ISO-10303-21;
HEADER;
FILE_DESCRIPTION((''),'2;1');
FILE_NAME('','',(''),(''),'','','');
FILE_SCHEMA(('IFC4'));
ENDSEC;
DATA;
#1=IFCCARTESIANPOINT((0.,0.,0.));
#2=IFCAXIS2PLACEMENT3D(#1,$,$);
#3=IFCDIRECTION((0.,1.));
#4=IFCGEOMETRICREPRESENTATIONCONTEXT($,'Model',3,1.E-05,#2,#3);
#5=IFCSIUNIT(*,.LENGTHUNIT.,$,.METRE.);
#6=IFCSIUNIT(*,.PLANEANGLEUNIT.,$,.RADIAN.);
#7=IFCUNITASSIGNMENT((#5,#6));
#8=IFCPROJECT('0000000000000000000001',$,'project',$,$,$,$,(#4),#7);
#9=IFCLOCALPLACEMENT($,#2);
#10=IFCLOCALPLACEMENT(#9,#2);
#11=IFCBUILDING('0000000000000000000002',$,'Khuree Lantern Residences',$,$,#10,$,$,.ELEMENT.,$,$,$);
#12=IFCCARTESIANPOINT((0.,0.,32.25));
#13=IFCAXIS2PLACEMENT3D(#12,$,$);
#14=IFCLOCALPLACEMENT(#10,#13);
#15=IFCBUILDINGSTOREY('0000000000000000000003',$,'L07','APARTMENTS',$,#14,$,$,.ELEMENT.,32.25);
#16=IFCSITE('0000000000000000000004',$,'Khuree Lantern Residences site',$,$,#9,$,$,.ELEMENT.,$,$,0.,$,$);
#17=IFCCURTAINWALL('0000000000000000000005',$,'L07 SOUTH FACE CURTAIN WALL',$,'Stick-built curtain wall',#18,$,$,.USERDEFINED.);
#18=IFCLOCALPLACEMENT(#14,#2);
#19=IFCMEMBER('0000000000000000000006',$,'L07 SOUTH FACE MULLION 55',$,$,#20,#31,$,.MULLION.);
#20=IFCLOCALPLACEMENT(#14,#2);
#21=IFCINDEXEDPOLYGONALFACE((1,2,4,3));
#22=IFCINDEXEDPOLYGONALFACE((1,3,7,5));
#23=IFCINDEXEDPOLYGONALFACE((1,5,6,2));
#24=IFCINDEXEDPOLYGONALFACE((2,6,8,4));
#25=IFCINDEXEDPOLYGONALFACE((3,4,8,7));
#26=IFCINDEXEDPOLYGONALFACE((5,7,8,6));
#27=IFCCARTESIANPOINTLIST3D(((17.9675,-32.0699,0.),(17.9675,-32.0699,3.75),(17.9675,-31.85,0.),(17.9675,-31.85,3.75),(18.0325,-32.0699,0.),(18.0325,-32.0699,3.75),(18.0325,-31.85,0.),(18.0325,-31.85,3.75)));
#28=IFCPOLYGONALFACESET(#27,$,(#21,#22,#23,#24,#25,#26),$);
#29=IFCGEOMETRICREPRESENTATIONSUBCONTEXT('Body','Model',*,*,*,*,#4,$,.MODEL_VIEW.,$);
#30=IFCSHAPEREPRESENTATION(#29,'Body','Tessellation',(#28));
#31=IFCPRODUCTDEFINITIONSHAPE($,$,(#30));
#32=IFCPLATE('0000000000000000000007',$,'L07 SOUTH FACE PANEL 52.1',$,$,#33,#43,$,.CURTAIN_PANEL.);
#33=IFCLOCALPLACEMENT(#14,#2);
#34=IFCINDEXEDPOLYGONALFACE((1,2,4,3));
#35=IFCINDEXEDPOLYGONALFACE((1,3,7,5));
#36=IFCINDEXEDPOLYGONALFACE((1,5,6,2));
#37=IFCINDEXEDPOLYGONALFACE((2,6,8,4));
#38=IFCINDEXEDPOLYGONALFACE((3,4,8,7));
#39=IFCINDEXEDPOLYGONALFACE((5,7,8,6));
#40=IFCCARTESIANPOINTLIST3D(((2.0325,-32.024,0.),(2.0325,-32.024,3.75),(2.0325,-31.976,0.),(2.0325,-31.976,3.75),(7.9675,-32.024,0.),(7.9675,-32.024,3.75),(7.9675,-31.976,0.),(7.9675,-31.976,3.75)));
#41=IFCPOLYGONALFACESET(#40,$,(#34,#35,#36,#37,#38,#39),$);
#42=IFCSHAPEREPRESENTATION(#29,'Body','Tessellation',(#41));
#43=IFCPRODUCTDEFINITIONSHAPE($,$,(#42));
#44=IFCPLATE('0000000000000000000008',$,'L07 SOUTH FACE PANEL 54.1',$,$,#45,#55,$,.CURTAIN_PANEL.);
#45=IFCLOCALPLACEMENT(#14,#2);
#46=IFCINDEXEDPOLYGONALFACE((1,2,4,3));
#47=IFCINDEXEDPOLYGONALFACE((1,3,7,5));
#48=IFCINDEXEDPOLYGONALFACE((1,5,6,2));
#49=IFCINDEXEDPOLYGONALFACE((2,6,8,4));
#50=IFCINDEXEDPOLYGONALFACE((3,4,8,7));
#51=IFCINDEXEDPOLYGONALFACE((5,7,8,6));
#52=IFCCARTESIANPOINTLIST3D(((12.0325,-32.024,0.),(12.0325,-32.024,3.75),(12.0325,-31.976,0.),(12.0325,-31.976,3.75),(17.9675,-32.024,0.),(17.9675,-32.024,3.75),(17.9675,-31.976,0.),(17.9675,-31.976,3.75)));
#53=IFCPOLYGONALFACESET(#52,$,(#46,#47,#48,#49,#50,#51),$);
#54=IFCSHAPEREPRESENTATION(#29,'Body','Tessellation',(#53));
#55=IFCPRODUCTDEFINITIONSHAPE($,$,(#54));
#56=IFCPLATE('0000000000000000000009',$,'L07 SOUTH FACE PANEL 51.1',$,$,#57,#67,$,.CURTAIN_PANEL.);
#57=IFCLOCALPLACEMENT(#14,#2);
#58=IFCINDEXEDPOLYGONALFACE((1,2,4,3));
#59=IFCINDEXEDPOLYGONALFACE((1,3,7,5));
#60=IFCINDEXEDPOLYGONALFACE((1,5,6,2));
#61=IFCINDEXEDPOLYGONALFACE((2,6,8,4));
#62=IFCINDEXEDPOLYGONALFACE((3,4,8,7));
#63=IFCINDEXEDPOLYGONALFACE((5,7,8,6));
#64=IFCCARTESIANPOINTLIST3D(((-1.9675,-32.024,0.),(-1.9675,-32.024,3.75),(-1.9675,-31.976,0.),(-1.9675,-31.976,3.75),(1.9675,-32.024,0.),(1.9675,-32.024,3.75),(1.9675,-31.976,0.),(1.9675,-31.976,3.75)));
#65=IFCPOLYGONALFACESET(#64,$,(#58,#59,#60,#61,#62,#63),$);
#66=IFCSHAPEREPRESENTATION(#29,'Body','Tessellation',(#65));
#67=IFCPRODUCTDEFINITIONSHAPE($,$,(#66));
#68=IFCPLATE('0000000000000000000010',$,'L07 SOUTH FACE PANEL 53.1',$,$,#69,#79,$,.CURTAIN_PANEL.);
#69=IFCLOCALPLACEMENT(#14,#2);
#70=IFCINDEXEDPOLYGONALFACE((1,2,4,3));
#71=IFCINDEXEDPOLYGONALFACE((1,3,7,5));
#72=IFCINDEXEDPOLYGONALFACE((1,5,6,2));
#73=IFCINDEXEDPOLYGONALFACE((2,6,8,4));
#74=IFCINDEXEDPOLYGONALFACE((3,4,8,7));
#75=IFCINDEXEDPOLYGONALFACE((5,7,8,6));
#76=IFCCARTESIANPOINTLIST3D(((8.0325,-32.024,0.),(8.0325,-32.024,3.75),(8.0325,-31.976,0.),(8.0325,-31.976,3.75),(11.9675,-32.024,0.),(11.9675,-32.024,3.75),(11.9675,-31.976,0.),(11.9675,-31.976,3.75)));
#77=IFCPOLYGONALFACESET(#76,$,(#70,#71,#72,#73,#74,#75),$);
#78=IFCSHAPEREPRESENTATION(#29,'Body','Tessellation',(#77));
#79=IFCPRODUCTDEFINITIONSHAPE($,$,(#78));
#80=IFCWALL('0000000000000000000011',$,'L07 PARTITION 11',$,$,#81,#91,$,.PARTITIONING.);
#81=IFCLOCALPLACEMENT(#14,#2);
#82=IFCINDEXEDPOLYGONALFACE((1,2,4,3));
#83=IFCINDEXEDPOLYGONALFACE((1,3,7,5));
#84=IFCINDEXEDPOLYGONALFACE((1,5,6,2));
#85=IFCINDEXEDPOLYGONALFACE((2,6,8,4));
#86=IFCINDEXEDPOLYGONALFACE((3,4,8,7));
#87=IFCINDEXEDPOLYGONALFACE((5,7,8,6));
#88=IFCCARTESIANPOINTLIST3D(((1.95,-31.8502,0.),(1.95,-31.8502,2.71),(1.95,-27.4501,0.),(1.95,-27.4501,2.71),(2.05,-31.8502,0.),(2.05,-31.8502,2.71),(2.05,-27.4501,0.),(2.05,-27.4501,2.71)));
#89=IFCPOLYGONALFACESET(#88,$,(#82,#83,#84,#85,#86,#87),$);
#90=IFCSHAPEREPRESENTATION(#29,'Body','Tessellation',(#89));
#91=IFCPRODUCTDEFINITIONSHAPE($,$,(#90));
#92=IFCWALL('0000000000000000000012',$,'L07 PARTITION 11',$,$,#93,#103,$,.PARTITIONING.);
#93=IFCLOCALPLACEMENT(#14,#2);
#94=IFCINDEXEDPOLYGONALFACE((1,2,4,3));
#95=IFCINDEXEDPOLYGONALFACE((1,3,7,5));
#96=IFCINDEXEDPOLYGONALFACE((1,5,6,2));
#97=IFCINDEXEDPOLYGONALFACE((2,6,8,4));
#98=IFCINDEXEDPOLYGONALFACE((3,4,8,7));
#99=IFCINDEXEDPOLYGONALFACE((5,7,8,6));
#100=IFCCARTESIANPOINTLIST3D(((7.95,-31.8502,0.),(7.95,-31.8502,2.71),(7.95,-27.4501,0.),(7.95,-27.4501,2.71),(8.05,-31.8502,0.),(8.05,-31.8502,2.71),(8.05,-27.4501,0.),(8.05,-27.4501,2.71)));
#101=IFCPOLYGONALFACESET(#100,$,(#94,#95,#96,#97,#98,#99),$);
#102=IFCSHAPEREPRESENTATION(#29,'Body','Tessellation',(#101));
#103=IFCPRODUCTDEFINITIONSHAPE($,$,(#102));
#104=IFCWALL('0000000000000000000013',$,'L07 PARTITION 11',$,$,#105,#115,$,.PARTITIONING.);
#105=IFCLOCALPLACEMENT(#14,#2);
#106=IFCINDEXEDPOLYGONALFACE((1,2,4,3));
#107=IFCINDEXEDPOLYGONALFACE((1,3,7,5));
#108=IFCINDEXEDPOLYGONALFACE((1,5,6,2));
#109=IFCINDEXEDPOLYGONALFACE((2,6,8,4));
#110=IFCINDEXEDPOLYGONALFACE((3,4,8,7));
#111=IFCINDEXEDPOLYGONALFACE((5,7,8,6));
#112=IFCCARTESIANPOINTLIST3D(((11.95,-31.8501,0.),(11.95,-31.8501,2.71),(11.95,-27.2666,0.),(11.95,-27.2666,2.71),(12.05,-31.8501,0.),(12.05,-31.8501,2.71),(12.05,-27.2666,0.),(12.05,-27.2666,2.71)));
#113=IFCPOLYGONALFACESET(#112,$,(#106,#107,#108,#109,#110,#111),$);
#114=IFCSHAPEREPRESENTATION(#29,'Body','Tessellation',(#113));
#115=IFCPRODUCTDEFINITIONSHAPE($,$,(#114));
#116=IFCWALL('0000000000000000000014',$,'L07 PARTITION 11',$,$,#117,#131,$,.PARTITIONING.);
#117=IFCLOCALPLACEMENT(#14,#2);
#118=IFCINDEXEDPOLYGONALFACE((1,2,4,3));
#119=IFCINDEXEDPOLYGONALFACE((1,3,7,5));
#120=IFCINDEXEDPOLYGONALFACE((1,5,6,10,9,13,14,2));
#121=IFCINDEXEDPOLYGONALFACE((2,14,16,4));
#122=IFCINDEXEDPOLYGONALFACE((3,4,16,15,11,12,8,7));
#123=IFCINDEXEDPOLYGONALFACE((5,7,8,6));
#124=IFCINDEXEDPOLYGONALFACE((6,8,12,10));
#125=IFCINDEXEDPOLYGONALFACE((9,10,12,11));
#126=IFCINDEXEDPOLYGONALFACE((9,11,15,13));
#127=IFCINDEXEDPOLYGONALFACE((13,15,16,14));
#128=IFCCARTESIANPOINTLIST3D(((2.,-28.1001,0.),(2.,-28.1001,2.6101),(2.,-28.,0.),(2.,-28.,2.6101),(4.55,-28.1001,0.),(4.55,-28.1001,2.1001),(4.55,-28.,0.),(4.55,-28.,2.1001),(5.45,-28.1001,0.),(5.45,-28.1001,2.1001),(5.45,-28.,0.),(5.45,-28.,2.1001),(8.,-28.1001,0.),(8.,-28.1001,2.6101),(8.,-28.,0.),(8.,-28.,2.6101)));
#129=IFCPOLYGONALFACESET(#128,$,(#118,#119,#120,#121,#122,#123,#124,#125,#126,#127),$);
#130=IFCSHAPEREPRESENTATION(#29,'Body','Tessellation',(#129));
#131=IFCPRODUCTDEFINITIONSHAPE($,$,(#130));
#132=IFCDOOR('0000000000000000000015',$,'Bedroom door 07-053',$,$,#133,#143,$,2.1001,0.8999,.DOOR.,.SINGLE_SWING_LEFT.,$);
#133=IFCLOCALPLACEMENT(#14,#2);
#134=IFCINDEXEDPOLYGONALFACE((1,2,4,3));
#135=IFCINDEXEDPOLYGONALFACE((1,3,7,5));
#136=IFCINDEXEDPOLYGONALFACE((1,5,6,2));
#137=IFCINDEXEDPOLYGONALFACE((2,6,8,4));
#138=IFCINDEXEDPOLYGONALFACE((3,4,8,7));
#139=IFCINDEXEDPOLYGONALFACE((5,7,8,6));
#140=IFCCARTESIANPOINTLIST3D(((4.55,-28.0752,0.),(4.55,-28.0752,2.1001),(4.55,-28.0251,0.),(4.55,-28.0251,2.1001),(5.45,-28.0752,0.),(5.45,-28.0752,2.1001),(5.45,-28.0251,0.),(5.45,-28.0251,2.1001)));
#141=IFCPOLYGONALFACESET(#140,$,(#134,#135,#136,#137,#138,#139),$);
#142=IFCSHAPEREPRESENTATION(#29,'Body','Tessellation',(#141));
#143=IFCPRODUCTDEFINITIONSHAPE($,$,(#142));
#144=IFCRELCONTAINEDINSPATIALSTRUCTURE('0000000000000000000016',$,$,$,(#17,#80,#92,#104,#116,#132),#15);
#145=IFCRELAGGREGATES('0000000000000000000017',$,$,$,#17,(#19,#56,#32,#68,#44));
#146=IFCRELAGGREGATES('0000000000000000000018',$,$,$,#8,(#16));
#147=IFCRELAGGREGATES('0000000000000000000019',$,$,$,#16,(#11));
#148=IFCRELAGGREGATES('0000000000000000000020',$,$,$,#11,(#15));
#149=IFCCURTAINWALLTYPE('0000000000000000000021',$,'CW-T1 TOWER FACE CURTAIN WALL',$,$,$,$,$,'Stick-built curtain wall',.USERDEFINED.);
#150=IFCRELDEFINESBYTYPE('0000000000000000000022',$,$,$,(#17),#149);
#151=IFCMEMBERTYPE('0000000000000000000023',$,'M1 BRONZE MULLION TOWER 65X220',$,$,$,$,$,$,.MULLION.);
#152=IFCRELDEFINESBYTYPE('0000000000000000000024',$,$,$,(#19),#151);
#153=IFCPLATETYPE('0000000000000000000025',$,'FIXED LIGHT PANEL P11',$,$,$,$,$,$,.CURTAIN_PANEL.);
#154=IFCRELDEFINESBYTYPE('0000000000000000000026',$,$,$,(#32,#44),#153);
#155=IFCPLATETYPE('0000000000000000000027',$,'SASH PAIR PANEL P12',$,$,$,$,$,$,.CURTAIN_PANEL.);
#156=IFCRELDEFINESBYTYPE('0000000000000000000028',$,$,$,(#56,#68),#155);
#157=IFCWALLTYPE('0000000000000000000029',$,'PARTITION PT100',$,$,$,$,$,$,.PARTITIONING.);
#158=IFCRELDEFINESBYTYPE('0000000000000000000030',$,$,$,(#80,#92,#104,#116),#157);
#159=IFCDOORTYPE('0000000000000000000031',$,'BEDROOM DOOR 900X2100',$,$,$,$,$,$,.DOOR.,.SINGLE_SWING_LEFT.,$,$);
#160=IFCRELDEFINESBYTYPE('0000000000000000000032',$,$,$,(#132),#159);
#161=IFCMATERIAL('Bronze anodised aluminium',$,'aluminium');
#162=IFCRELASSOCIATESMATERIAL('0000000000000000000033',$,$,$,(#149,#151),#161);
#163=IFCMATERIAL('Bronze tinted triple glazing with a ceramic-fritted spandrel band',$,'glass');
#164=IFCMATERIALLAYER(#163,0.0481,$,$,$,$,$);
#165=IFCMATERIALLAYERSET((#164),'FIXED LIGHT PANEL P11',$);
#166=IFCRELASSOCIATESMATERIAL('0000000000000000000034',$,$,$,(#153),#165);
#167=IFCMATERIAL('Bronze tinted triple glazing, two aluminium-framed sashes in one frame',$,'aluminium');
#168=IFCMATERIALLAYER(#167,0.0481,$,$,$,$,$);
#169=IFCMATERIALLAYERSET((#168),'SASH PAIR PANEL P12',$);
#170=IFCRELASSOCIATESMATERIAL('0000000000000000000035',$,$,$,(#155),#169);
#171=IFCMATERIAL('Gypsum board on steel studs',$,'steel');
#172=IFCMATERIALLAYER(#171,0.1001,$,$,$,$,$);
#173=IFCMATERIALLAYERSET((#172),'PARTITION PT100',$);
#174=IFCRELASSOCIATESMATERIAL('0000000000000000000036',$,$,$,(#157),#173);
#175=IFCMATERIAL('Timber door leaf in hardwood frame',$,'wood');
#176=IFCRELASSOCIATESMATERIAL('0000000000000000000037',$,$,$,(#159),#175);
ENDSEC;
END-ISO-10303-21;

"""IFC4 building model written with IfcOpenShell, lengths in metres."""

from ifc_helpers import new_model, si_unit, direction, frame, frame_2d, origin, origin_2d, place, context, subcontext, project, spatial, rectangle, extrude, material, layer, layer_set, material_profile, profile_set, type_object, element, fill, aggregate, save


model = new_model("IFC4")

# Units and contexts
model_context = context("Model", 3, precision=1e-05, world=origin(), true_north=direction((0.0, 1.0)))
body_context = subcontext(model_context, "Body", "Model", "MODEL_VIEW")
ifc_project = project(units=[si_unit("LENGTHUNIT", "METRE"), si_unit("PLANEANGLEUNIT", "RADIAN")], contexts=[model_context])

# Site, building, storey
site_placement = place(None, origin())
site = spatial("IfcSite", under=ifc_project, at=site_placement, Name="Khuree Lantern Residences site", CompositionType="ELEMENT", RefElevation=0.0)
building_placement = place(site_placement, origin())
building = spatial("IfcBuilding", under=site, at=building_placement, Name="Khuree Lantern Residences", CompositionType="ELEMENT")
storey_placement = place(building_placement, frame((0.0, 0.0, 32.25)))
storey = spatial("IfcBuildingStorey", under=building, at=storey_placement, Name="L07", Description="APARTMENTS", CompositionType="ELEMENT", Elevation=32.25)

# Curtain wall
ifc_material_1 = material(Name="Bronze anodised aluminium", Category="aluminium")
curtain_wall_type = type_object("IfcCurtainWallType", Name="CW-T1 TOWER FACE CURTAIN WALL", ElementType="Stick-built curtain wall", PredefinedType="USERDEFINED", material=ifc_material_1)
curtain_wall_placement = place(storey_placement, origin())
curtain_wall = element("IfcCurtainWall", 1, at=curtain_wall_placement, inside=storey, type_object=curtain_wall_type, Name="L07 SOUTH FACE CURTAIN WALL", ObjectType="Stick-built curtain wall", PredefinedType="USERDEFINED")

# Member
ifc_material_profile_1 = material_profile(ifc_material_1, rectangle(XDim=0.0649, YDim=0.22, at=origin_2d()), Name="M1 65X220")
ifc_profile_set_1 = profile_set([ifc_material_profile_1], Name="Bronze anodised aluminium")
member_type_1 = type_object("IfcMemberType", Name="M1 BRONZE MULLION TOWER 65X220", PredefinedType="MULLION", material=ifc_profile_set_1)
member_1_placement = place(storey_placement, frame((18.0, -31.96, 0.0), z_axis=(0.0, 0.0, 1.0), x_axis=(1.0, 0.0, 0.0)))
member_1 = element("IfcMember", 2, at=member_1_placement, type_object=member_type_1, Name="L07 SOUTH FACE MULLION 55", PredefinedType="MULLION", context=body_context, shape_type="SweptSolid", body=[
    extrude(rectangle(XDim=0.0649, YDim=0.22, at=origin_2d()), origin(), (0.0, 0.0, 1.0), 3.75),
])

# Plates
ifc_material_2 = material(Name="Bronze tinted triple glazing with a ceramic-fritted spandrel band", Category="glass")
ifc_layer_1 = layer(ifc_material_2, 0.0481)
ifc_layer_set_1 = layer_set([ifc_layer_1], Name="FIXED LIGHT PANEL P11")
plate_type_1 = type_object("IfcPlateType", Name="FIXED LIGHT PANEL P11", PredefinedType="CURTAIN_PANEL", material=ifc_layer_set_1)
plate_1_placement = place(storey_placement, frame((5.0, -32.0, 0.0), z_axis=(0.0, 0.0, 1.0), x_axis=(1.0, 0.0, 0.0)))
plate_1 = element("IfcPlate", 3, at=plate_1_placement, type_object=plate_type_1, Name="L07 SOUTH FACE PANEL 52.1", PredefinedType="CURTAIN_PANEL", context=body_context, shape_type="SweptSolid", body=[
    extrude(rectangle(XDim=5.9351, YDim=0.0481, at=origin_2d()), origin(), (0.0, 0.0, 1.0), 3.75),
])
plate_2_placement = place(storey_placement, frame((15.0, -32.0, 0.0), z_axis=(0.0, 0.0, 1.0), x_axis=(1.0, 0.0, 0.0)))
plate_2 = element("IfcPlate", 4, at=plate_2_placement, type_object=plate_type_1, Name="L07 SOUTH FACE PANEL 54.1", PredefinedType="CURTAIN_PANEL", context=body_context, shape_type="SweptSolid", body=[
    extrude(rectangle(XDim=5.9351, YDim=0.0481, at=origin_2d()), origin(), (0.0, 0.0, 1.0), 3.75),
])
ifc_material_3 = material(Name="Bronze tinted triple glazing, two aluminium-framed sashes in one frame", Category="aluminium")
ifc_layer_2 = layer(ifc_material_3, 0.0481)
ifc_layer_set_2 = layer_set([ifc_layer_2], Name="SASH PAIR PANEL P12")
plate_type_2 = type_object("IfcPlateType", Name="SASH PAIR PANEL P12", PredefinedType="CURTAIN_PANEL", material=ifc_layer_set_2)
plate_3_placement = place(storey_placement, frame((0.0, -32.0, 0.0), z_axis=(0.0, 0.0, 1.0), x_axis=(1.0, 0.0, 0.0)))
plate_3 = element("IfcPlate", 5, at=plate_3_placement, type_object=plate_type_2, Name="L07 SOUTH FACE PANEL 51.1", PredefinedType="CURTAIN_PANEL", context=body_context, shape_type="SweptSolid", body=[
    extrude(rectangle(XDim=3.9351, YDim=0.0481, at=origin_2d()), origin(), (0.0, 0.0, 1.0), 3.75),
])
plate_4_placement = place(storey_placement, frame((10.0, -32.0, 0.0), z_axis=(0.0, 0.0, 1.0), x_axis=(1.0, 0.0, 0.0)))
plate_4 = element("IfcPlate", 6, at=plate_4_placement, type_object=plate_type_2, Name="L07 SOUTH FACE PANEL 53.1", PredefinedType="CURTAIN_PANEL", context=body_context, shape_type="SweptSolid", body=[
    extrude(rectangle(XDim=3.9351, YDim=0.0481, at=origin_2d()), origin(), (0.0, 0.0, 1.0), 3.75),
])
aggregate(curtain_wall, [member_1, plate_3, plate_1, plate_4, plate_2])

# Walls
ifc_material_4 = material(Name="Gypsum board on steel studs", Category="steel")
ifc_layer_3 = layer(ifc_material_4, 0.1001)
ifc_layer_set_3 = layer_set([ifc_layer_3], Name="PARTITION PT100")
wall_type = type_object("IfcWallType", Name="PARTITION PT100", PredefinedType="PARTITIONING", material=ifc_layer_set_3)
for number, where, z_axis, x_axis, name in (
    (7, (2.0, -27.45, 0.0), (0.0, 0.0, 1.0), (0.0, -1.0, 0.0), "L07 PARTITION 11"),
    (8, (8.0, -27.45, 0.0), (0.0, 0.0, 1.0), (0.0, -1.0, 0.0), "L07 PARTITION 11"),
):
    element("IfcWall", number, at=place(storey_placement, frame(where, z_axis=z_axis, x_axis=x_axis)), inside=storey, type_object=wall_type, Name=name, PredefinedType="PARTITIONING", context=body_context, shape_type="SweptSolid", body=[
        extrude(rectangle(XDim=4.4001, YDim=0.1001, at=frame_2d((2.2002, 0.0))), origin(), (0.0, 0.0, 1.0), 2.71),
    ])
wall_1_placement = place(storey_placement, frame((12.0, -27.2666, 0.0), z_axis=(0.0, 0.0, 1.0), x_axis=(0.0, -1.0, 0.0)))
element("IfcWall", 9, at=wall_1_placement, inside=storey, type_object=wall_type, Name="L07 PARTITION 11", PredefinedType="PARTITIONING", context=body_context, shape_type="SweptSolid", body=[
    extrude(rectangle(XDim=4.5835, YDim=0.1001, at=frame_2d((2.2917, 0.0))), origin(), (0.0, 0.0, 1.0), 2.71),
])

# Wall, opening, door
wall_2_placement = place(storey_placement, frame((2.0, -28.05, 0.0), z_axis=(0.0, 0.0, 1.0), x_axis=(1.0, 0.0, 0.0)))
wall_2 = element("IfcWall", 10, at=wall_2_placement, inside=storey, type_object=wall_type, Name="L07 PARTITION 11", PredefinedType="PARTITIONING", context=body_context, shape_type="SweptSolid", body=[
    extrude(rectangle(XDim=6.0, YDim=0.1001, at=frame_2d((3.0, 0.0))), origin(), (0.0, 0.0, 1.0), 2.6101),
])
opening_1_placement = place(wall_2_placement, frame((2.55, 0.0, 0.0)))
opening_1 = element("IfcOpeningElement", 11, at=opening_1_placement, cuts=wall_2, PredefinedType="OPENING", context=body_context, shape_type="SweptSolid", body=[
    extrude(rectangle(XDim=0.8999, YDim=2.1001, at=frame_2d((0.45, 1.05))), frame((0.0, 0.0601, 0.0), z_axis=(0.0, -1.0, 0.0), x_axis=(1.0, 0.0, 0.0)), (0.0, 0.0, 1.0), 0.1201),
])
ifc_material_5 = material(Name="Timber door leaf in hardwood frame", Category="wood")
door_type_1 = type_object("IfcDoorType", Name="BEDROOM DOOR 900X2100", OperationType="SINGLE_SWING_LEFT", PredefinedType="DOOR", material=ifc_material_5)
door_1_placement = place(opening_1_placement, origin())
door_1 = element("IfcDoor", 12, at=door_1_placement, inside=storey, type_object=door_type_1, Name="Bedroom door 07-053", OperationType="SINGLE_SWING_LEFT", OverallHeight=2.1001, OverallWidth=0.8999, PredefinedType="DOOR", context=body_context, shape_type="SweptSolid", body=[
    extrude(rectangle(XDim=0.8999, YDim=2.1001, at=frame_2d((0.45, 1.05))), frame((0.0, 0.0249, 0.0), z_axis=(0.0, -1.0, 0.0), x_axis=(1.0, 0.0, 0.0)), (0.0, 0.0, 1.0), 0.05),
])
fill(opening_1, door_1)

save(model, "model.ifc")
